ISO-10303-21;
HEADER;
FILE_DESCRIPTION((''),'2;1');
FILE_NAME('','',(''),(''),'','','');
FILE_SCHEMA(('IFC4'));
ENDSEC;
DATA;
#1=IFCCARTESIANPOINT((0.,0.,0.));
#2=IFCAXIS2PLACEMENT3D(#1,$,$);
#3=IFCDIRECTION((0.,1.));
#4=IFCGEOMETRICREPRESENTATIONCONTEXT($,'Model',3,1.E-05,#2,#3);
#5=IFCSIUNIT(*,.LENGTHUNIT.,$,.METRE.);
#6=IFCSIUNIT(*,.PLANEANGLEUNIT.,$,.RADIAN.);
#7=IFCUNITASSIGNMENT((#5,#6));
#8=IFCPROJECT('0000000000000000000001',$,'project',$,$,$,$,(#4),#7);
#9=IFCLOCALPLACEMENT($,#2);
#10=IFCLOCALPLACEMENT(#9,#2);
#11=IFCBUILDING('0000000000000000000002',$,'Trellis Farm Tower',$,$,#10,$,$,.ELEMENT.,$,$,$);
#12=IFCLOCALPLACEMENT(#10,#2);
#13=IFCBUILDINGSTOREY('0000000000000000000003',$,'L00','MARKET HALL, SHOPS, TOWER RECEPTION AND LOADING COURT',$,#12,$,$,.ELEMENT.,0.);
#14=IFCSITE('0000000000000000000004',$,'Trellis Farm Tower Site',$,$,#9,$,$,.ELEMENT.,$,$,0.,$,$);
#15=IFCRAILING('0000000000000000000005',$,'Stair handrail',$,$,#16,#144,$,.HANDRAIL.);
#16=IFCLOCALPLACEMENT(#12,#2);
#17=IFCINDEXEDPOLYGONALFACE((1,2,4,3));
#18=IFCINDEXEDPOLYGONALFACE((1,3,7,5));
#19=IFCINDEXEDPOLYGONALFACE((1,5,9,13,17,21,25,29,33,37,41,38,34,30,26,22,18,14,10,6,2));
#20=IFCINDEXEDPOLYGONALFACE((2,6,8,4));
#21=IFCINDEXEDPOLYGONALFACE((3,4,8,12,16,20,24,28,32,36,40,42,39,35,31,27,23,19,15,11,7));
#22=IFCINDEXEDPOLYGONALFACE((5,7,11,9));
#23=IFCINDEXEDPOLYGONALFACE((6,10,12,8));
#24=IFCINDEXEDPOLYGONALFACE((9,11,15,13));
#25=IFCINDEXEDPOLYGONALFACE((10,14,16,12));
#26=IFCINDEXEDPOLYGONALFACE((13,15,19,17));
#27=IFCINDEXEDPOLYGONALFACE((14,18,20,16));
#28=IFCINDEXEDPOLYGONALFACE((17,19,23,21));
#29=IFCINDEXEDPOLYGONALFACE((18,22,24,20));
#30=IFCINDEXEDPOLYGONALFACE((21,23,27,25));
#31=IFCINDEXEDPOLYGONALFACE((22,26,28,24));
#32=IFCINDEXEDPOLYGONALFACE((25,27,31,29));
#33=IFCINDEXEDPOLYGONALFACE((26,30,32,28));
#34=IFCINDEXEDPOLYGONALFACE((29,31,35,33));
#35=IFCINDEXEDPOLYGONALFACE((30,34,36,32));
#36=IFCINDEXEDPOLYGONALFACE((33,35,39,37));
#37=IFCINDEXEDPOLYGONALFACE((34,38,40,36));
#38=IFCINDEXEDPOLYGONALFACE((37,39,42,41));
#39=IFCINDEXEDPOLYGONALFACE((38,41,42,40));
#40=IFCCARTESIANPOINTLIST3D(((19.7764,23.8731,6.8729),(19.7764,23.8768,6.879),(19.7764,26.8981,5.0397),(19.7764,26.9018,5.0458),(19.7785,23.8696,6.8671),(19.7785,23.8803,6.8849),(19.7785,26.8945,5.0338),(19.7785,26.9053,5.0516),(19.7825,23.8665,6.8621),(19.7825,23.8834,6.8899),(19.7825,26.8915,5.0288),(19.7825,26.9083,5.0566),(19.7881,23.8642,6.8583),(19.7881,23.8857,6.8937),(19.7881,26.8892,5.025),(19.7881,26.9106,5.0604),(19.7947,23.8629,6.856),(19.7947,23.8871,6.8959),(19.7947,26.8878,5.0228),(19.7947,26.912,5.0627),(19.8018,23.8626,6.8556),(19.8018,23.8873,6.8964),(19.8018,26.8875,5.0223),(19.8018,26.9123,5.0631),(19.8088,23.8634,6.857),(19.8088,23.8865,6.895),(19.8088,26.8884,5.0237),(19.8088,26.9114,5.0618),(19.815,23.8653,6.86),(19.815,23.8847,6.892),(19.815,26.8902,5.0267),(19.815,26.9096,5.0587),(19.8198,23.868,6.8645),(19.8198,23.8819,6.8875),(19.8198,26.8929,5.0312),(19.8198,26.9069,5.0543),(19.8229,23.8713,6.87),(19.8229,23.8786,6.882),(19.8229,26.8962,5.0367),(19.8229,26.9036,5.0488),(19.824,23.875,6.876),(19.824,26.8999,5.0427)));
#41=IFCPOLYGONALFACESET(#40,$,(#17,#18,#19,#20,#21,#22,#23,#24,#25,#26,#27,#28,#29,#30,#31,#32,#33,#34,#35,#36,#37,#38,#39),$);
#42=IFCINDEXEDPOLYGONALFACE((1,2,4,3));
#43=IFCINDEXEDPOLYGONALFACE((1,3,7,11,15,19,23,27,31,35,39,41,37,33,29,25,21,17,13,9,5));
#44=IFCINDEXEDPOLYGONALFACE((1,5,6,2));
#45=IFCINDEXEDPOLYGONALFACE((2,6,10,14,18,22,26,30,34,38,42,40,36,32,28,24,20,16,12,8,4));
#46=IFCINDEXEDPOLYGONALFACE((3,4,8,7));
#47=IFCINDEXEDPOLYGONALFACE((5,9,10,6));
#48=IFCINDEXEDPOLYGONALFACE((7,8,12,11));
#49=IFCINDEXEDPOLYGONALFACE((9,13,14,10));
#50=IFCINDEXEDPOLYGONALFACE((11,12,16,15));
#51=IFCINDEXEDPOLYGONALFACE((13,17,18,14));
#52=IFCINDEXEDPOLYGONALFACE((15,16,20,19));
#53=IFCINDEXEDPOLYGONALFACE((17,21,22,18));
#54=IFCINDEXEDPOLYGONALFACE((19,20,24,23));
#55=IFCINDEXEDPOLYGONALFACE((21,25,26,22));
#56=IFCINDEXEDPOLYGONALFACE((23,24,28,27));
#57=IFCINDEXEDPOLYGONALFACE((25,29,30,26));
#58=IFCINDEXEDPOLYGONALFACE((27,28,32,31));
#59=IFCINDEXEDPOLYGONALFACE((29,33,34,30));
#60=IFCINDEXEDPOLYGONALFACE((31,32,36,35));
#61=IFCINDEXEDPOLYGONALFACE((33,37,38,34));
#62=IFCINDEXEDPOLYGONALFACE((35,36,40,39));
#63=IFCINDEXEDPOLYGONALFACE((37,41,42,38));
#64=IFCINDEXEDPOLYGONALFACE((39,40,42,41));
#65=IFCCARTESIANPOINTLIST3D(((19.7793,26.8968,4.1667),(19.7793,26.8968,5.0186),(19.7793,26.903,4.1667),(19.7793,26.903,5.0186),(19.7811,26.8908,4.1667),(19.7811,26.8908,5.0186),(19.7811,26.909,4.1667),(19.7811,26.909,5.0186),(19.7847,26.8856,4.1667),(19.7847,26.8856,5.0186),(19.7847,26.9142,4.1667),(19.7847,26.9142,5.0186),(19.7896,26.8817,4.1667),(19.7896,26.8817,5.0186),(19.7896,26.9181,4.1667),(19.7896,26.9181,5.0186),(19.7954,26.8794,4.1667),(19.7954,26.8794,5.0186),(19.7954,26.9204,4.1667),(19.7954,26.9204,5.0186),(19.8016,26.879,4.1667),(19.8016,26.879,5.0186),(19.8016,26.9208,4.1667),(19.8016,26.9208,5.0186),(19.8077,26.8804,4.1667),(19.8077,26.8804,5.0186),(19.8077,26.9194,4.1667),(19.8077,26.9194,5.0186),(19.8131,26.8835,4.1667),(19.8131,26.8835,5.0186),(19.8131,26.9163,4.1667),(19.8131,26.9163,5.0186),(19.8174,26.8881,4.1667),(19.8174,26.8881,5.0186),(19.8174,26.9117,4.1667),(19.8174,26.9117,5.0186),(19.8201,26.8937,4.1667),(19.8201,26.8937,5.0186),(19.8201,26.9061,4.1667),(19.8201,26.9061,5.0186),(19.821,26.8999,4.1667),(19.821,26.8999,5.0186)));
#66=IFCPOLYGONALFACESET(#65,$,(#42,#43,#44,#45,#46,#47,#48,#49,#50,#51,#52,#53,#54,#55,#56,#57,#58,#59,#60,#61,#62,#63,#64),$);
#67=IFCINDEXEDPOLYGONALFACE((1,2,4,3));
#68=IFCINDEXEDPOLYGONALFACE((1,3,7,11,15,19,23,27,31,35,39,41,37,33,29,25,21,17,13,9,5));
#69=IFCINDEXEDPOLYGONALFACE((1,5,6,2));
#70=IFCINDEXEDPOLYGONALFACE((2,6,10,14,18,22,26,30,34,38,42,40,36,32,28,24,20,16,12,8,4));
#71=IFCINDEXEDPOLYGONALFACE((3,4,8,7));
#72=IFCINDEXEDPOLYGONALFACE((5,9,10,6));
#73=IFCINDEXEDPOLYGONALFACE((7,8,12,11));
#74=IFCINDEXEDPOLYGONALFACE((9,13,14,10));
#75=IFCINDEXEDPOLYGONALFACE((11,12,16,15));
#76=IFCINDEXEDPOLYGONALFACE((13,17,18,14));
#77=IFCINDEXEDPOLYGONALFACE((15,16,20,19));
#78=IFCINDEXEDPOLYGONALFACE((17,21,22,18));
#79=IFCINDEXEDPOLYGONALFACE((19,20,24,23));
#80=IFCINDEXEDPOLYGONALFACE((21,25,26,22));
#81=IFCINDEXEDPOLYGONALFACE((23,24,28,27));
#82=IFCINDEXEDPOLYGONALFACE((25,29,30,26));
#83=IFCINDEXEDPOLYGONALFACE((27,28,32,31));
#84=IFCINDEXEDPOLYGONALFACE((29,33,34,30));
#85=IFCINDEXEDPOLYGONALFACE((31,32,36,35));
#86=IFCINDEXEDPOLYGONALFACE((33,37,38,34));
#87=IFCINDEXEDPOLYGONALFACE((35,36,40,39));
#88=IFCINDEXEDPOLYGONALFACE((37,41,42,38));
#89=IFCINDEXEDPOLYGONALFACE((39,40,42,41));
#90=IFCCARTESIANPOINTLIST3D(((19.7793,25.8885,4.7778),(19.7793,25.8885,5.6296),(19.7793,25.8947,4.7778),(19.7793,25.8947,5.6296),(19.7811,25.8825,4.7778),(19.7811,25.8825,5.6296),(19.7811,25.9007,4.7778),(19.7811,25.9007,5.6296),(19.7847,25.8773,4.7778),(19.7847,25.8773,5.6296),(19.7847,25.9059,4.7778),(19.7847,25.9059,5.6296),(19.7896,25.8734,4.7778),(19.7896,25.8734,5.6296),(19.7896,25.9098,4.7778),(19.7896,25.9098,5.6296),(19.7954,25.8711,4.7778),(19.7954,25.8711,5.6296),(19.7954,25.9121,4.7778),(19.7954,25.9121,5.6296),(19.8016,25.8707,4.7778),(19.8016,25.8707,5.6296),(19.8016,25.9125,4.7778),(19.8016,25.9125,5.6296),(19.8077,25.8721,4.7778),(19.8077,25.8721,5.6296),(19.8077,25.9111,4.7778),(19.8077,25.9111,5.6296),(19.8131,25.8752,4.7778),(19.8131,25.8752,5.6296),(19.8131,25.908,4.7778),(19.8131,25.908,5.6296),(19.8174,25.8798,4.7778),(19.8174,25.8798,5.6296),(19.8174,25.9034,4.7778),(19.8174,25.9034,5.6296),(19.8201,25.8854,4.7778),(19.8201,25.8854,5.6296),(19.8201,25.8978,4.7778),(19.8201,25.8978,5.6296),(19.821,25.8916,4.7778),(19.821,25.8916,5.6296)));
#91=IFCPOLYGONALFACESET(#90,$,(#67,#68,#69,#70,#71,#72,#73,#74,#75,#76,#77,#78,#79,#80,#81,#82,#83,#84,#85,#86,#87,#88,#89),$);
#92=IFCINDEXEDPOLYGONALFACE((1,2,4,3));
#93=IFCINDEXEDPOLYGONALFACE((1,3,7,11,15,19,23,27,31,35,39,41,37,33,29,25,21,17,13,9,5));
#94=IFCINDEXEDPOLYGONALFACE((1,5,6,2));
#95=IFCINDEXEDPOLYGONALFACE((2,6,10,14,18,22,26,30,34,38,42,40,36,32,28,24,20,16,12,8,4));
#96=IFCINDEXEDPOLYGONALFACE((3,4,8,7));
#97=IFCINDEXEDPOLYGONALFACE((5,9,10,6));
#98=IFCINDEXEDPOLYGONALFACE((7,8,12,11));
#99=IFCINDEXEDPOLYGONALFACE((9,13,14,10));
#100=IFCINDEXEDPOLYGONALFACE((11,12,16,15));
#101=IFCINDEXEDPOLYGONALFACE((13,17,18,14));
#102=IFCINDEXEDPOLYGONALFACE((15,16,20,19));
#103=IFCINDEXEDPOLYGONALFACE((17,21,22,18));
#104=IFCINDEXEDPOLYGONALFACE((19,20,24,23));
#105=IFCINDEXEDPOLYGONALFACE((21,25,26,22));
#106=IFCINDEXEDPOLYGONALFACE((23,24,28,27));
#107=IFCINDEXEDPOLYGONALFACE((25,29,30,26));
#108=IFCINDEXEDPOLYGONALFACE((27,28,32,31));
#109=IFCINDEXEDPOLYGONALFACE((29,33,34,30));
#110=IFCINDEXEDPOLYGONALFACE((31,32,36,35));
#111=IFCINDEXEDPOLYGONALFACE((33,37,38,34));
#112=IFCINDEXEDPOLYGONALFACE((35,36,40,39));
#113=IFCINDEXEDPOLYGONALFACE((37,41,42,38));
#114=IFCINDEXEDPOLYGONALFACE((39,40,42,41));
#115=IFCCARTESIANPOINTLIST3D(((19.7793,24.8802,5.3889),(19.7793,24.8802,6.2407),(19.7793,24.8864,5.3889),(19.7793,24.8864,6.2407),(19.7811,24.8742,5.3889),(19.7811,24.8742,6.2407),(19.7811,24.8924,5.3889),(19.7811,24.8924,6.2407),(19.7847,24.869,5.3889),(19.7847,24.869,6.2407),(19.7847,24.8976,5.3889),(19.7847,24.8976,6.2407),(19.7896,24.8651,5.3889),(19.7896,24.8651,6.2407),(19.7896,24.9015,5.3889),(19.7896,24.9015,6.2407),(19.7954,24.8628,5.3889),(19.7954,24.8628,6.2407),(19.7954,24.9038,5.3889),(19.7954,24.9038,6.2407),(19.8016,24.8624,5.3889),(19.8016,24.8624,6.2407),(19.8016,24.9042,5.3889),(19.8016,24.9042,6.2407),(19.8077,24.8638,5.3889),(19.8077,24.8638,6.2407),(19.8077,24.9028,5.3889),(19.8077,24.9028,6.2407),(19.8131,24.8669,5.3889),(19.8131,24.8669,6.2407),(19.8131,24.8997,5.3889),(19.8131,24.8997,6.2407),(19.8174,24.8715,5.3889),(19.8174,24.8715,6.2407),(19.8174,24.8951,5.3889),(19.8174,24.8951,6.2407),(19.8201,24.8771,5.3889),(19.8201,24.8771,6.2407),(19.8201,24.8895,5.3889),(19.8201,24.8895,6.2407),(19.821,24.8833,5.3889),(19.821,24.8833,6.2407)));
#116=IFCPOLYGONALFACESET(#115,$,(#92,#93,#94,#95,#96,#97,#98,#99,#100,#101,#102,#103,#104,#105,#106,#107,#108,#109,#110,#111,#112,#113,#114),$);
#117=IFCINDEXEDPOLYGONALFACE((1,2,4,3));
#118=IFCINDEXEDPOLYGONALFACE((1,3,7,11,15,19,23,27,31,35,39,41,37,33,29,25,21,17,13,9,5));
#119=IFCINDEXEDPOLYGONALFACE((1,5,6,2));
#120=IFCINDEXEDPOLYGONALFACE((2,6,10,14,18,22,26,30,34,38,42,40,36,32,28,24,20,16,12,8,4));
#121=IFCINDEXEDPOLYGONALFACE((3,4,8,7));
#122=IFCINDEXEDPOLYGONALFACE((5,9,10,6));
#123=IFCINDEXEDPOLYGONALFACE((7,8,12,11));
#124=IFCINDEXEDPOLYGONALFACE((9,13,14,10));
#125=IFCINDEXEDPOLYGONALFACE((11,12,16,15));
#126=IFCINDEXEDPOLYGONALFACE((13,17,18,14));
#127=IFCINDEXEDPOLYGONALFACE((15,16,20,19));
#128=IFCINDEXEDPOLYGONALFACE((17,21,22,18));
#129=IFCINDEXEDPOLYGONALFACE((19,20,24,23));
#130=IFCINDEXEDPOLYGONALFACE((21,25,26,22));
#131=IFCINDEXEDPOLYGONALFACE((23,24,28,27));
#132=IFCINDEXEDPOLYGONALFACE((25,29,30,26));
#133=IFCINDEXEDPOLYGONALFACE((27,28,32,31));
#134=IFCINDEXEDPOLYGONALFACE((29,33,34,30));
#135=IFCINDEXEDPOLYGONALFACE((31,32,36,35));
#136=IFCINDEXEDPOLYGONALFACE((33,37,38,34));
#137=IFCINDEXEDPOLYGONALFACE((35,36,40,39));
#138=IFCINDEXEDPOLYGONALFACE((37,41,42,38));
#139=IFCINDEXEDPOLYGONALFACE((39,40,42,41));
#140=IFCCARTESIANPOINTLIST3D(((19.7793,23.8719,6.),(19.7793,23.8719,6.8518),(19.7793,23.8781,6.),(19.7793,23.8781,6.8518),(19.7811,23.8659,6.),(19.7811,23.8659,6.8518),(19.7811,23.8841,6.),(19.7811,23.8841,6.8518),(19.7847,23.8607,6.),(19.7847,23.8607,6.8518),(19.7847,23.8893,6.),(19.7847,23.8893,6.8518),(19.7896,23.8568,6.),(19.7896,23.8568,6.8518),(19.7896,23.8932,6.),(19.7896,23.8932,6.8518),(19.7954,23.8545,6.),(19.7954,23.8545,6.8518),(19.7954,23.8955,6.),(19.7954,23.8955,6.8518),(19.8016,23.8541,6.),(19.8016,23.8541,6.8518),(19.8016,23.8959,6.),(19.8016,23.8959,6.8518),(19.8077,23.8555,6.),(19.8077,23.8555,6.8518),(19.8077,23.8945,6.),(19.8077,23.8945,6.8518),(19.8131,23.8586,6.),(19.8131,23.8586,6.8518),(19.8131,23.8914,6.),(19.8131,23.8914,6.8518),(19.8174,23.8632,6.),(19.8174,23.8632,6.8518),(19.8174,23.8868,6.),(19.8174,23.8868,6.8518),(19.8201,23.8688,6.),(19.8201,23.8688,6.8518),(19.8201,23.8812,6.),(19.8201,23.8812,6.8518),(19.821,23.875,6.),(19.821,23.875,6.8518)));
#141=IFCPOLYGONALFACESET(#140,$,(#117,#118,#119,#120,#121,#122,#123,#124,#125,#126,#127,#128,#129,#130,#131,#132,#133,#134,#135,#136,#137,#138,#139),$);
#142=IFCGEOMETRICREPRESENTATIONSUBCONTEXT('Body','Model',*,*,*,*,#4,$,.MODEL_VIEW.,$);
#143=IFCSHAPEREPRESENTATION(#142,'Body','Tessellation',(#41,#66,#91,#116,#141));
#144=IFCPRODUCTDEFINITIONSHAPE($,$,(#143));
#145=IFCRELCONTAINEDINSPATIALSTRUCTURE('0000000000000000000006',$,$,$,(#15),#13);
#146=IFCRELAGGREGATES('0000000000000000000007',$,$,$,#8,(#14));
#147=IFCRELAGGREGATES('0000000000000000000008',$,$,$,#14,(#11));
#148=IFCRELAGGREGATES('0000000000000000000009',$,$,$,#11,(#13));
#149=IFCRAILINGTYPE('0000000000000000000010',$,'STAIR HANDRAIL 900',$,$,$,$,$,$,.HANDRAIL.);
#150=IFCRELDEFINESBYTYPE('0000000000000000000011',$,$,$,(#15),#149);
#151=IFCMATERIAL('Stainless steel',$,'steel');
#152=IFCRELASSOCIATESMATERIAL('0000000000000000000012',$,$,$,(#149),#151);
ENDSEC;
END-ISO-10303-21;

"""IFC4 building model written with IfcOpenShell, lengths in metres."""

from ifc_helpers import new_model, si_unit, direction, frame, origin, origin_2d, place, context, subcontext, project, spatial, circle, extrude, source, transform, mapped, material, type_object, element, save


model = new_model("IFC4")

# Units and contexts
model_context = context("Model", 3, precision=1e-05, world=origin(), true_north=direction((0.0, 1.0)))
body_context = subcontext(model_context, "Body", "Model", "MODEL_VIEW")
ifc_project = project(units=[si_unit("LENGTHUNIT", "METRE"), si_unit("PLANEANGLEUNIT", "RADIAN")], contexts=[model_context])

# Site, building, storey
site_placement = place(None, origin())
site = spatial("IfcSite", under=ifc_project, at=site_placement, Name="Trellis Farm Tower Site", CompositionType="ELEMENT", RefElevation=0.0)
building_placement = place(site_placement, origin())
building = spatial("IfcBuilding", under=site, at=building_placement, Name="Trellis Farm Tower", CompositionType="ELEMENT")
storey_placement = place(building_placement, origin())
storey = spatial("IfcBuildingStorey", under=building, at=storey_placement, Name="L00", Description="MARKET HALL, SHOPS, TOWER RECEPTION AND LOADING COURT", CompositionType="ELEMENT", Elevation=0.0)

# Railing
ifc_material_1 = material(Name="Stainless steel", Category="steel")
railing_type = type_object("IfcRailingType", Name="STAIR HANDRAIL 900", PredefinedType="HANDRAIL", material=ifc_material_1)
shared_shape_1 = source(origin(), body_context, "Body", "SweptSolid", [
    extrude(circle(Radius=0.0239, at=origin_2d()), frame((0.0, 0.0, 0.876), z_axis=(0.0, -0.855201, 0.518297), x_axis=(1.0, 0.0, 0.0)), (0.0, 0.0, 1.0), 3.5371),
    extrude(circle(Radius=0.021, at=origin_2d()), origin(), (0.0, 0.0, 1.0), 0.8518),
    extrude(circle(Radius=0.021, at=origin_2d()), frame((0.0, -1.0083, 0.6111)), (0.0, 0.0, 1.0), 0.8518),
    extrude(circle(Radius=0.021, at=origin_2d()), frame((0.0, -2.0166, 1.2222)), (0.0, 0.0, 1.0), 0.8518),
    extrude(circle(Radius=0.021, at=origin_2d()), frame((0.0, -3.0249, 1.8333)), (0.0, 0.0, 1.0), 0.8518),
])
for number, where, name in (
    (1, (19.8, 26.8999, 4.1667), "Stair handrail"),
):
    element("IfcRailing", number, at=place(storey_placement, frame(where)), inside=storey, type_object=railing_type, Name=name, PredefinedType="HANDRAIL", context=body_context, shape_type="MappedRepresentation", body=[
        mapped(shared_shape_1, transform((0.0, 0.0, 0.0))),
    ])

save(model, "model.ifc")
